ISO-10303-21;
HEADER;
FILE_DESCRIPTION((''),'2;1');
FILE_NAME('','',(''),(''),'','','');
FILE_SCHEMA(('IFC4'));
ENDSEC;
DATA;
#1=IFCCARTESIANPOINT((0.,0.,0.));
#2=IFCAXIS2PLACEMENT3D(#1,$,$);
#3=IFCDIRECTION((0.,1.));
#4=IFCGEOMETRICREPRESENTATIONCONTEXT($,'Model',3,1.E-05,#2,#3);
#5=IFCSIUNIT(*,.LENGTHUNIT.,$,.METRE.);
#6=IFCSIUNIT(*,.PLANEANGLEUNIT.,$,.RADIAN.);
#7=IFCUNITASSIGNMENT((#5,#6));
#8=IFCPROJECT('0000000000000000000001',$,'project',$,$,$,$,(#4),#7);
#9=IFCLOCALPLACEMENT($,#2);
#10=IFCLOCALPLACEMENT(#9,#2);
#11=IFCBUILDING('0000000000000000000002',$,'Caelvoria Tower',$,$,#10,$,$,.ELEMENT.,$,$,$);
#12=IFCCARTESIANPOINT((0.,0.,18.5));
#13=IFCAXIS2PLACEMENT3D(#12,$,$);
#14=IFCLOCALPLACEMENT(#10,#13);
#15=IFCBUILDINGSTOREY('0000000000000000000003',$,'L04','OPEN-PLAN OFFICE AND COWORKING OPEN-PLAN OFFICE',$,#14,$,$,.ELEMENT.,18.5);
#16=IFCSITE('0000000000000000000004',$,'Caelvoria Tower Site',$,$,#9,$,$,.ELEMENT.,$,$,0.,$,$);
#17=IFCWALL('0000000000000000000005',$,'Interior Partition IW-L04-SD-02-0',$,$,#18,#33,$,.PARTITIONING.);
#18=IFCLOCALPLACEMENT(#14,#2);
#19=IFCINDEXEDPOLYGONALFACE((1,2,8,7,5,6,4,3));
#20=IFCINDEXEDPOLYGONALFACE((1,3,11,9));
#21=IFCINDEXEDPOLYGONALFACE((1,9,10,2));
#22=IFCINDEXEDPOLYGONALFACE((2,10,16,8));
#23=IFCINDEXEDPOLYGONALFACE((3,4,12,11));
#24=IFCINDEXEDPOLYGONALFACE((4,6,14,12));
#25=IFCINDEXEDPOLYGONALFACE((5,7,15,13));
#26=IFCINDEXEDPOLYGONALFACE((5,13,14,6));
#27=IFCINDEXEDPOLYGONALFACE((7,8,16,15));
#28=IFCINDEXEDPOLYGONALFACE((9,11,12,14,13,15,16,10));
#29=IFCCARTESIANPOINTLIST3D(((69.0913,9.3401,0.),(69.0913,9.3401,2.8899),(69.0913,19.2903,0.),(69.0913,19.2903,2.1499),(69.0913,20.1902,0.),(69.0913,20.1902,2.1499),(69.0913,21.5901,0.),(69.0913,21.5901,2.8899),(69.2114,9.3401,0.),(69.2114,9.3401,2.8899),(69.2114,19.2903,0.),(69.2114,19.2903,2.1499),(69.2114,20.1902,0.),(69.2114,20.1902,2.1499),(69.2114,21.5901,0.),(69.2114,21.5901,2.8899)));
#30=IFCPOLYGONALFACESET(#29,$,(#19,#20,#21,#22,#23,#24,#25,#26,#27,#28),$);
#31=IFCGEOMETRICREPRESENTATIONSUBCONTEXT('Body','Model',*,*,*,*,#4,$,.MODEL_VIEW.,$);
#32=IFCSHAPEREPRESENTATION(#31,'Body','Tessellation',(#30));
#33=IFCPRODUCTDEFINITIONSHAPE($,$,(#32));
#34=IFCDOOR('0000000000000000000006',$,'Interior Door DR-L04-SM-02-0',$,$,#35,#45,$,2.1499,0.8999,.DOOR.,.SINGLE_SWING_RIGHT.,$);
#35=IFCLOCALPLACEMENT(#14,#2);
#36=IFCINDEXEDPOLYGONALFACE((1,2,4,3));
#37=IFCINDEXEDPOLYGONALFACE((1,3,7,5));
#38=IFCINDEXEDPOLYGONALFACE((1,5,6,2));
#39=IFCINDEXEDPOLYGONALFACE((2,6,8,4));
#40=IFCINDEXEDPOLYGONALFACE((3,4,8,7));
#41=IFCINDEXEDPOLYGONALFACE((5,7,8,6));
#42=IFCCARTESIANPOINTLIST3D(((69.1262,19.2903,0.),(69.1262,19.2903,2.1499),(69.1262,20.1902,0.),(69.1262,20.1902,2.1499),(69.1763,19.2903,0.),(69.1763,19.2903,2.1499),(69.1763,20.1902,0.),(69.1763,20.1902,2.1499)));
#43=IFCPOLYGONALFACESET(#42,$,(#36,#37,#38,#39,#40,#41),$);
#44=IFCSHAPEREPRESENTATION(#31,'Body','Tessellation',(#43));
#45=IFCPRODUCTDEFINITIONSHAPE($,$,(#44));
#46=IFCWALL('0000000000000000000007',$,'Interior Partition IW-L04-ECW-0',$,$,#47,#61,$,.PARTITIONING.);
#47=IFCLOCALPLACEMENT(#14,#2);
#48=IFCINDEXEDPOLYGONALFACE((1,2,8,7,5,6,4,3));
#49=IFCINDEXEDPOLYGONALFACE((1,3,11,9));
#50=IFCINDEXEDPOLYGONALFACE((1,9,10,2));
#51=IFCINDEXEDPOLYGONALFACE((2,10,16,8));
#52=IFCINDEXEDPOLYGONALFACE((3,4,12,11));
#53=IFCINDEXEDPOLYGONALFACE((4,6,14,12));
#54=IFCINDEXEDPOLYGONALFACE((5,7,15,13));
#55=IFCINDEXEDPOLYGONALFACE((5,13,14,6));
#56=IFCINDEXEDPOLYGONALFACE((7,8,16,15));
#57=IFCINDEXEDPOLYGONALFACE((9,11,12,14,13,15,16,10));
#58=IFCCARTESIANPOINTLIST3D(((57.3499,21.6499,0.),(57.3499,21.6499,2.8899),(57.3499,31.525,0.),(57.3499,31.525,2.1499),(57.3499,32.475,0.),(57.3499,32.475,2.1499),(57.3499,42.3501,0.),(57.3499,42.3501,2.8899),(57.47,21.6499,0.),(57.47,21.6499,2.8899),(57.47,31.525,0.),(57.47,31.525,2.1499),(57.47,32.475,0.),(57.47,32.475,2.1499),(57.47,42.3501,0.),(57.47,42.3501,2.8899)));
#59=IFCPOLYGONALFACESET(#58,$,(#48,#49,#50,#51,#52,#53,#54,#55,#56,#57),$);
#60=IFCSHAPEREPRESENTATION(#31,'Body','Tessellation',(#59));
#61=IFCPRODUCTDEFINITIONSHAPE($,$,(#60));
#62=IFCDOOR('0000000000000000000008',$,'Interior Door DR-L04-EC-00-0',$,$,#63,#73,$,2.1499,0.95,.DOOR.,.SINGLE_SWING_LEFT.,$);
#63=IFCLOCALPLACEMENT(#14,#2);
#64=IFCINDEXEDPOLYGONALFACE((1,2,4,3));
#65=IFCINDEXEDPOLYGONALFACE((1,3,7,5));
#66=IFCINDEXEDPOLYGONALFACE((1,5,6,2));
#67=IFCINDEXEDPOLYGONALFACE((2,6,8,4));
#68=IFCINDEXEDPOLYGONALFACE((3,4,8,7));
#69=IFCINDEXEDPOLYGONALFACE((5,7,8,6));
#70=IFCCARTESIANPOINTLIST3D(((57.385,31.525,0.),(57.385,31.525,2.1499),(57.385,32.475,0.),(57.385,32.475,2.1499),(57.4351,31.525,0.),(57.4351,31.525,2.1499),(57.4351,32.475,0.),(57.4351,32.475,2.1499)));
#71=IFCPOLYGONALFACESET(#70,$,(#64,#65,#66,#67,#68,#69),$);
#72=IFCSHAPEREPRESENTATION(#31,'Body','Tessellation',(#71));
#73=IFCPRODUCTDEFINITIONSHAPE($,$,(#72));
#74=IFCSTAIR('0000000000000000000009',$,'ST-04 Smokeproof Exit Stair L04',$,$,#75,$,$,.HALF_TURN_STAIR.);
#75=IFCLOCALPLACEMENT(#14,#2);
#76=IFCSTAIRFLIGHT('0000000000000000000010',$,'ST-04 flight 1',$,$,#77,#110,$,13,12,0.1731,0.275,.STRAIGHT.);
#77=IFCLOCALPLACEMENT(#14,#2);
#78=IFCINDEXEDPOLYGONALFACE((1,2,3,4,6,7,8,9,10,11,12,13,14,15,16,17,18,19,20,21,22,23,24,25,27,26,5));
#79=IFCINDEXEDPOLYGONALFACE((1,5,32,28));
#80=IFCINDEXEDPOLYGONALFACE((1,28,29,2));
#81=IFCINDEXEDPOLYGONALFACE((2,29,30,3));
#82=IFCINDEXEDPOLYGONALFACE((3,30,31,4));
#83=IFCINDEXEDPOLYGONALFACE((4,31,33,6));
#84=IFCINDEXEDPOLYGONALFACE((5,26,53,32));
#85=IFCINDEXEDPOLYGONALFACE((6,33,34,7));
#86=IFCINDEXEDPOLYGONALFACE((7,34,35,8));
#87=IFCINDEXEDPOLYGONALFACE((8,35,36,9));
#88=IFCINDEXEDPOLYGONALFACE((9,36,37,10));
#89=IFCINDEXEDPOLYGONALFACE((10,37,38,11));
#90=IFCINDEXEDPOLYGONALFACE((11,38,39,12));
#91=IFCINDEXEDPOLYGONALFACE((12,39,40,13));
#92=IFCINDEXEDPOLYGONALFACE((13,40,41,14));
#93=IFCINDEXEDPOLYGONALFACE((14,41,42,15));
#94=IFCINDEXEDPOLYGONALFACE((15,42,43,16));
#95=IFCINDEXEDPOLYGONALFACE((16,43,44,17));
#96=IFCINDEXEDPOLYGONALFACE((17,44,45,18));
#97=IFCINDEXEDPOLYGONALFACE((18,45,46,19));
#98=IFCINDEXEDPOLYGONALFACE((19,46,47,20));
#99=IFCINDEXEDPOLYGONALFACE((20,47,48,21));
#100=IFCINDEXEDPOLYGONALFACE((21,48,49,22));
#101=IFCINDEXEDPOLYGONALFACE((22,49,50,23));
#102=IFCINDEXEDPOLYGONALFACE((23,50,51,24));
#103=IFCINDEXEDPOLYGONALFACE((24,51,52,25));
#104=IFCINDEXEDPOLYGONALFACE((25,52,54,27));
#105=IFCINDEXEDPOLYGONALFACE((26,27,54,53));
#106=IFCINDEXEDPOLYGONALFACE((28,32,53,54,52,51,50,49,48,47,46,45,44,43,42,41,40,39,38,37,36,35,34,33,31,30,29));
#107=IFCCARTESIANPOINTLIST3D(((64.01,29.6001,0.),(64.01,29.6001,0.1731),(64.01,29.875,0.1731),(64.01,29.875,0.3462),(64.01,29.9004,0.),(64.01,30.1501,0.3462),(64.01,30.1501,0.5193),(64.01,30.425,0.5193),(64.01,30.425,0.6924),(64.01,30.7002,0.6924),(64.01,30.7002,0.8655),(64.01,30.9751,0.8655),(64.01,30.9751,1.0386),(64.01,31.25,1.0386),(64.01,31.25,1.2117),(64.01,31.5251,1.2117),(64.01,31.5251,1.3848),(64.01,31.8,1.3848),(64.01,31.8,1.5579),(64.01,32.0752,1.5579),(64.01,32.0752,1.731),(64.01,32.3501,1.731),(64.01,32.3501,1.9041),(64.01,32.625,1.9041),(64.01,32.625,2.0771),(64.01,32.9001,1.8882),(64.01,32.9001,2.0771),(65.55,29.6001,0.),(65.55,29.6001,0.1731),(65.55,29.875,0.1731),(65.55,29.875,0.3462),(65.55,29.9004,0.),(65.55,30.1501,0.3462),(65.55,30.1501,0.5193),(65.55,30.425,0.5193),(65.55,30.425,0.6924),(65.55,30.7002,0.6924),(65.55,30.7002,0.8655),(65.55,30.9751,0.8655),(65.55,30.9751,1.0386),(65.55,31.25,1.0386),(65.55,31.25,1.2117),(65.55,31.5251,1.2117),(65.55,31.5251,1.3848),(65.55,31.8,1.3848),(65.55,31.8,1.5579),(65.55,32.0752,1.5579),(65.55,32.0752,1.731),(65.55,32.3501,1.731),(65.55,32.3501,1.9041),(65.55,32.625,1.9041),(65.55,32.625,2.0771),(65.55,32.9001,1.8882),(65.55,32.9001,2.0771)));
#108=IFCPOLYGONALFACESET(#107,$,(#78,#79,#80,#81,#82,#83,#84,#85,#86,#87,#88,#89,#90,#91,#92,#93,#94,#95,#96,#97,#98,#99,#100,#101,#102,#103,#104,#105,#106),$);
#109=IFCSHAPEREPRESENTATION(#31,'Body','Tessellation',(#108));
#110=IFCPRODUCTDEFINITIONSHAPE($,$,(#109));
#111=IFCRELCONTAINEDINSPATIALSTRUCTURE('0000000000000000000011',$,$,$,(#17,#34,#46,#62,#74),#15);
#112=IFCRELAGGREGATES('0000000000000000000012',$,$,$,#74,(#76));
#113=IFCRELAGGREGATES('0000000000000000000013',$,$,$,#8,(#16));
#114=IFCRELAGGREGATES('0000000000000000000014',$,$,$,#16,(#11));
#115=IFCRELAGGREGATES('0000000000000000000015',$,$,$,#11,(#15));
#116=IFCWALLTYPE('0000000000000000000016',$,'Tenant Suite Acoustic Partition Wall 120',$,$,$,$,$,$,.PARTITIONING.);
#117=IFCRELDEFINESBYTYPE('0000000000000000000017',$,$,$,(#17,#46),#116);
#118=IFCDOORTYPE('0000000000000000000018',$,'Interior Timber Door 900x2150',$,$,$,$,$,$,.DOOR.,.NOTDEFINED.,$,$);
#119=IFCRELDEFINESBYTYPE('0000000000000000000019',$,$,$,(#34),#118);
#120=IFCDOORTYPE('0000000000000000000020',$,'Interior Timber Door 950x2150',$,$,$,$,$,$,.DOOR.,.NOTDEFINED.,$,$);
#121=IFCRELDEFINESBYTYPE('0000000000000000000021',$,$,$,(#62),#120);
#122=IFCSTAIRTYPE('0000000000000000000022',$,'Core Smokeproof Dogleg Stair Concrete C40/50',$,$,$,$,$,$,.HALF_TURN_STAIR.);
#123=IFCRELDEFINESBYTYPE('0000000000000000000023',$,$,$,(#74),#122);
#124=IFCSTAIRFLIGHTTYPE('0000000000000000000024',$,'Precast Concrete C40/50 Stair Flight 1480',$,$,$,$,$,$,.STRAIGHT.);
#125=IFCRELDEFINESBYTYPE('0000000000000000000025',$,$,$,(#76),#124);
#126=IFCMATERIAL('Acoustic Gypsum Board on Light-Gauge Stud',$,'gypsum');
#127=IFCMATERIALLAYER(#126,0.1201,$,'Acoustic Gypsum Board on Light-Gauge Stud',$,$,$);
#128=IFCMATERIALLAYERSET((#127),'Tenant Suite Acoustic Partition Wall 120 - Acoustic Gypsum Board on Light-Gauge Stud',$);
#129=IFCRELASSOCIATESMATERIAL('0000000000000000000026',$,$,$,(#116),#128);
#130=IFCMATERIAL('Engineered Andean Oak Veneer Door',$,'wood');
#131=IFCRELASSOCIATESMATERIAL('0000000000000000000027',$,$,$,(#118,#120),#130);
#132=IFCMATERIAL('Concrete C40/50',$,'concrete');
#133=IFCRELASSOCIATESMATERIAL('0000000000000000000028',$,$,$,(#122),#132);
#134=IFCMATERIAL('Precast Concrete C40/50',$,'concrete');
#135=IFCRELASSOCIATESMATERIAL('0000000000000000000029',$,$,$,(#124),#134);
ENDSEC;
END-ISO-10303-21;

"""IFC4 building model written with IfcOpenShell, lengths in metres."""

from ifc_helpers import new_model, si_unit, direction, frame, frame_2d, origin, place, context, subcontext, project, spatial, polyline, rectangle, outline, extrude, material, layer, layer_set, type_object, element, fill, aggregate, save


model = new_model("IFC4")

# Units and contexts
model_context = context("Model", 3, precision=1e-05, world=origin(), true_north=direction((0.0, 1.0)))
body_context = subcontext(model_context, "Body", "Model", "MODEL_VIEW")
ifc_project = project(units=[si_unit("LENGTHUNIT", "METRE"), si_unit("PLANEANGLEUNIT", "RADIAN")], contexts=[model_context])

# Site, building, storey
site_placement = place(None, origin())
site = spatial("IfcSite", under=ifc_project, at=site_placement, Name="Caelvoria Tower Site", CompositionType="ELEMENT", RefElevation=0.0)
building_placement = place(site_placement, origin())
building = spatial("IfcBuilding", under=site, at=building_placement, Name="Caelvoria Tower", CompositionType="ELEMENT")
storey_placement = place(building_placement, frame((0.0, 0.0, 18.5)))
storey = spatial("IfcBuildingStorey", under=building, at=storey_placement, Name="L04", Description="OPEN-PLAN OFFICE AND COWORKING OPEN-PLAN OFFICE", CompositionType="ELEMENT", Elevation=18.5)

# Walls, openings, doors
ifc_material_1 = material(Name="Acoustic Gypsum Board on Light-Gauge Stud", Category="gypsum")
ifc_layer_1 = layer(ifc_material_1, 0.1201, Name="Acoustic Gypsum Board on Light-Gauge Stud")
ifc_layer_set_1 = layer_set([ifc_layer_1], Name="Tenant Suite Acoustic Partition Wall 120 - Acoustic Gypsum Board on Light-Gauge Stud")
wall_type_1 = type_object("IfcWallType", Name="Tenant Suite Acoustic Partition Wall 120", PredefinedType="PARTITIONING", material=ifc_layer_set_1)
wall_1_placement = place(storey_placement, frame((69.1514, 21.5901, 0.0), z_axis=(0.0, 0.0, 1.0), x_axis=(0.0, -1.0, 0.0)))
wall_1 = element("IfcWall", 1, at=wall_1_placement, inside=storey, type_object=wall_type_1, Name="Interior Partition IW-L04-SD-02-0", PredefinedType="PARTITIONING", context=body_context, shape_type="SweptSolid", body=[
    extrude(rectangle(XDim=12.25, YDim=0.1201, at=frame_2d((6.125, 0.0))), origin(), (0.0, 0.0, 1.0), 2.8899),
])
opening_1_placement = place(wall_1_placement, frame((1.3999, 0.0, 0.0)))
opening_1 = element("IfcOpeningElement", 2, at=opening_1_placement, cuts=wall_1, PredefinedType="OPENING", context=body_context, shape_type="SweptSolid", body=[
    extrude(rectangle(XDim=0.8999, YDim=2.1499, at=frame_2d((0.45, 1.075))), frame((0.0, 0.0701, 0.0), z_axis=(0.0, -1.0, 0.0), x_axis=(1.0, 0.0, 0.0)), (0.0, 0.0, 1.0), 0.1401),
])
ifc_material_2 = material(Name="Engineered Andean Oak Veneer Door", Category="wood")
door_type_1 = type_object("IfcDoorType", Name="Interior Timber Door 900x2150", OperationType="NOTDEFINED", PredefinedType="DOOR", material=ifc_material_2)
door_1_placement = place(opening_1_placement, origin())
door_1 = element("IfcDoor", 3, at=door_1_placement, inside=storey, type_object=door_type_1, Name="Interior Door DR-L04-SM-02-0", OperationType="SINGLE_SWING_RIGHT", OverallHeight=2.1499, OverallWidth=0.8999, PredefinedType="DOOR", context=body_context, shape_type="SweptSolid", body=[
    extrude(rectangle(XDim=0.8999, YDim=2.1499, at=frame_2d((0.45, 1.075))), frame((0.0, 0.0249, 0.0), z_axis=(0.0, -1.0, 0.0), x_axis=(1.0, 0.0, 0.0)), (0.0, 0.0, 1.0), 0.05),
])
fill(opening_1, door_1)
wall_2_placement = place(storey_placement, frame((57.4099, 21.6499, 0.0), z_axis=(0.0, 0.0, 1.0), x_axis=(0.0, 1.0, 0.0)))
wall_2 = element("IfcWall", 4, at=wall_2_placement, inside=storey, type_object=wall_type_1, Name="Interior Partition IW-L04-ECW-0", PredefinedType="PARTITIONING", context=body_context, shape_type="SweptSolid", body=[
    extrude(rectangle(XDim=20.7002, YDim=0.1201, at=frame_2d((10.3501, 0.0))), origin(), (0.0, 0.0, 1.0), 2.8899),
])
opening_2_placement = place(wall_2_placement, frame((9.875, 0.0, 0.0)))
opening_2 = element("IfcOpeningElement", 5, at=opening_2_placement, cuts=wall_2, PredefinedType="OPENING", context=body_context, shape_type="SweptSolid", body=[
    extrude(rectangle(XDim=0.95, YDim=2.1499, at=frame_2d((0.4751, 1.075))), frame((0.0, 0.0701, 0.0), z_axis=(0.0, -1.0, 0.0), x_axis=(1.0, 0.0, 0.0)), (0.0, 0.0, 1.0), 0.1401),
])
door_type_2 = type_object("IfcDoorType", Name="Interior Timber Door 950x2150", OperationType="NOTDEFINED", PredefinedType="DOOR", material=ifc_material_2)
door_2_placement = place(opening_2_placement, origin())
door_2 = element("IfcDoor", 6, at=door_2_placement, inside=storey, type_object=door_type_2, Name="Interior Door DR-L04-EC-00-0", OperationType="SINGLE_SWING_LEFT", OverallHeight=2.1499, OverallWidth=0.95, PredefinedType="DOOR", context=body_context, shape_type="SweptSolid", body=[
    extrude(rectangle(XDim=0.95, YDim=2.1499, at=frame_2d((0.4751, 1.075))), frame((0.0, 0.0249, 0.0), z_axis=(0.0, -1.0, 0.0), x_axis=(1.0, 0.0, 0.0)), (0.0, 0.0, 1.0), 0.05),
])
fill(opening_2, door_2)

# Stair, stair flight
ifc_material_3 = material(Name="Concrete C40/50", Category="concrete")
stair_type = type_object("IfcStairType", Name="Core Smokeproof Dogleg Stair Concrete C40/50", PredefinedType="HALF_TURN_STAIR", material=ifc_material_3)
stair_placement = place(storey_placement, origin())
stair = element("IfcStair", 7, at=stair_placement, inside=storey, type_object=stair_type, Name="ST-04 Smokeproof Exit Stair L04", PredefinedType="HALF_TURN_STAIR")
ifc_material_4 = material(Name="Precast Concrete C40/50", Category="concrete")
stair_flight_type = type_object("IfcStairFlightType", Name="Precast Concrete C40/50 Stair Flight 1480", PredefinedType="STRAIGHT", material=ifc_material_4)
stair_flight_placement = place(storey_placement, frame((64.78, 29.6001, 0.0), z_axis=(0.0, 0.0, 1.0), x_axis=(0.0, 1.0, 0.0)))
stair_flight = element("IfcStairFlight", 8, at=stair_flight_placement, type_object=stair_flight_type, Name="ST-04 flight 1", NumberOfRisers=13, NumberOfTreads=12, PredefinedType="STRAIGHT", RiserHeight=0.1731, TreadLength=0.275, context=body_context, shape_type="SweptSolid", body=[
    extrude(outline(polyline([(0.0, 0.0), (0.0, 0.1731), (0.2749, 0.1731), (0.2749, 0.3462), (0.55, 0.3462), (0.55, 0.5193), (0.825, 0.5193), (0.825, 0.6924), (1.1001, 0.6924), (1.1001, 0.8655), (1.375, 0.8655), (1.375, 1.0386), (1.6499, 1.0386), (1.6499, 1.2117), (1.925, 1.2117), (1.925, 1.3848), (2.2, 1.3848), (2.2, 1.5579), (2.4751, 1.5579), (2.4751, 1.731), (2.75, 1.731), (2.75, 1.9041), (3.0249, 1.9041), (3.0249, 2.0771), (3.3, 2.0771), (3.3, 2.2502), (3.3, 1.8882), (0.3003, 0.0), (0.0, 0.0)])), frame((0.0, 0.77, 0.0), z_axis=(0.0, -1.0, 0.0), x_axis=(1.0, 0.0, 0.0)), (0.0, 0.0, 1.0), 1.54),
])
aggregate(stair, [stair_flight])

save(model, "model.ifc")
